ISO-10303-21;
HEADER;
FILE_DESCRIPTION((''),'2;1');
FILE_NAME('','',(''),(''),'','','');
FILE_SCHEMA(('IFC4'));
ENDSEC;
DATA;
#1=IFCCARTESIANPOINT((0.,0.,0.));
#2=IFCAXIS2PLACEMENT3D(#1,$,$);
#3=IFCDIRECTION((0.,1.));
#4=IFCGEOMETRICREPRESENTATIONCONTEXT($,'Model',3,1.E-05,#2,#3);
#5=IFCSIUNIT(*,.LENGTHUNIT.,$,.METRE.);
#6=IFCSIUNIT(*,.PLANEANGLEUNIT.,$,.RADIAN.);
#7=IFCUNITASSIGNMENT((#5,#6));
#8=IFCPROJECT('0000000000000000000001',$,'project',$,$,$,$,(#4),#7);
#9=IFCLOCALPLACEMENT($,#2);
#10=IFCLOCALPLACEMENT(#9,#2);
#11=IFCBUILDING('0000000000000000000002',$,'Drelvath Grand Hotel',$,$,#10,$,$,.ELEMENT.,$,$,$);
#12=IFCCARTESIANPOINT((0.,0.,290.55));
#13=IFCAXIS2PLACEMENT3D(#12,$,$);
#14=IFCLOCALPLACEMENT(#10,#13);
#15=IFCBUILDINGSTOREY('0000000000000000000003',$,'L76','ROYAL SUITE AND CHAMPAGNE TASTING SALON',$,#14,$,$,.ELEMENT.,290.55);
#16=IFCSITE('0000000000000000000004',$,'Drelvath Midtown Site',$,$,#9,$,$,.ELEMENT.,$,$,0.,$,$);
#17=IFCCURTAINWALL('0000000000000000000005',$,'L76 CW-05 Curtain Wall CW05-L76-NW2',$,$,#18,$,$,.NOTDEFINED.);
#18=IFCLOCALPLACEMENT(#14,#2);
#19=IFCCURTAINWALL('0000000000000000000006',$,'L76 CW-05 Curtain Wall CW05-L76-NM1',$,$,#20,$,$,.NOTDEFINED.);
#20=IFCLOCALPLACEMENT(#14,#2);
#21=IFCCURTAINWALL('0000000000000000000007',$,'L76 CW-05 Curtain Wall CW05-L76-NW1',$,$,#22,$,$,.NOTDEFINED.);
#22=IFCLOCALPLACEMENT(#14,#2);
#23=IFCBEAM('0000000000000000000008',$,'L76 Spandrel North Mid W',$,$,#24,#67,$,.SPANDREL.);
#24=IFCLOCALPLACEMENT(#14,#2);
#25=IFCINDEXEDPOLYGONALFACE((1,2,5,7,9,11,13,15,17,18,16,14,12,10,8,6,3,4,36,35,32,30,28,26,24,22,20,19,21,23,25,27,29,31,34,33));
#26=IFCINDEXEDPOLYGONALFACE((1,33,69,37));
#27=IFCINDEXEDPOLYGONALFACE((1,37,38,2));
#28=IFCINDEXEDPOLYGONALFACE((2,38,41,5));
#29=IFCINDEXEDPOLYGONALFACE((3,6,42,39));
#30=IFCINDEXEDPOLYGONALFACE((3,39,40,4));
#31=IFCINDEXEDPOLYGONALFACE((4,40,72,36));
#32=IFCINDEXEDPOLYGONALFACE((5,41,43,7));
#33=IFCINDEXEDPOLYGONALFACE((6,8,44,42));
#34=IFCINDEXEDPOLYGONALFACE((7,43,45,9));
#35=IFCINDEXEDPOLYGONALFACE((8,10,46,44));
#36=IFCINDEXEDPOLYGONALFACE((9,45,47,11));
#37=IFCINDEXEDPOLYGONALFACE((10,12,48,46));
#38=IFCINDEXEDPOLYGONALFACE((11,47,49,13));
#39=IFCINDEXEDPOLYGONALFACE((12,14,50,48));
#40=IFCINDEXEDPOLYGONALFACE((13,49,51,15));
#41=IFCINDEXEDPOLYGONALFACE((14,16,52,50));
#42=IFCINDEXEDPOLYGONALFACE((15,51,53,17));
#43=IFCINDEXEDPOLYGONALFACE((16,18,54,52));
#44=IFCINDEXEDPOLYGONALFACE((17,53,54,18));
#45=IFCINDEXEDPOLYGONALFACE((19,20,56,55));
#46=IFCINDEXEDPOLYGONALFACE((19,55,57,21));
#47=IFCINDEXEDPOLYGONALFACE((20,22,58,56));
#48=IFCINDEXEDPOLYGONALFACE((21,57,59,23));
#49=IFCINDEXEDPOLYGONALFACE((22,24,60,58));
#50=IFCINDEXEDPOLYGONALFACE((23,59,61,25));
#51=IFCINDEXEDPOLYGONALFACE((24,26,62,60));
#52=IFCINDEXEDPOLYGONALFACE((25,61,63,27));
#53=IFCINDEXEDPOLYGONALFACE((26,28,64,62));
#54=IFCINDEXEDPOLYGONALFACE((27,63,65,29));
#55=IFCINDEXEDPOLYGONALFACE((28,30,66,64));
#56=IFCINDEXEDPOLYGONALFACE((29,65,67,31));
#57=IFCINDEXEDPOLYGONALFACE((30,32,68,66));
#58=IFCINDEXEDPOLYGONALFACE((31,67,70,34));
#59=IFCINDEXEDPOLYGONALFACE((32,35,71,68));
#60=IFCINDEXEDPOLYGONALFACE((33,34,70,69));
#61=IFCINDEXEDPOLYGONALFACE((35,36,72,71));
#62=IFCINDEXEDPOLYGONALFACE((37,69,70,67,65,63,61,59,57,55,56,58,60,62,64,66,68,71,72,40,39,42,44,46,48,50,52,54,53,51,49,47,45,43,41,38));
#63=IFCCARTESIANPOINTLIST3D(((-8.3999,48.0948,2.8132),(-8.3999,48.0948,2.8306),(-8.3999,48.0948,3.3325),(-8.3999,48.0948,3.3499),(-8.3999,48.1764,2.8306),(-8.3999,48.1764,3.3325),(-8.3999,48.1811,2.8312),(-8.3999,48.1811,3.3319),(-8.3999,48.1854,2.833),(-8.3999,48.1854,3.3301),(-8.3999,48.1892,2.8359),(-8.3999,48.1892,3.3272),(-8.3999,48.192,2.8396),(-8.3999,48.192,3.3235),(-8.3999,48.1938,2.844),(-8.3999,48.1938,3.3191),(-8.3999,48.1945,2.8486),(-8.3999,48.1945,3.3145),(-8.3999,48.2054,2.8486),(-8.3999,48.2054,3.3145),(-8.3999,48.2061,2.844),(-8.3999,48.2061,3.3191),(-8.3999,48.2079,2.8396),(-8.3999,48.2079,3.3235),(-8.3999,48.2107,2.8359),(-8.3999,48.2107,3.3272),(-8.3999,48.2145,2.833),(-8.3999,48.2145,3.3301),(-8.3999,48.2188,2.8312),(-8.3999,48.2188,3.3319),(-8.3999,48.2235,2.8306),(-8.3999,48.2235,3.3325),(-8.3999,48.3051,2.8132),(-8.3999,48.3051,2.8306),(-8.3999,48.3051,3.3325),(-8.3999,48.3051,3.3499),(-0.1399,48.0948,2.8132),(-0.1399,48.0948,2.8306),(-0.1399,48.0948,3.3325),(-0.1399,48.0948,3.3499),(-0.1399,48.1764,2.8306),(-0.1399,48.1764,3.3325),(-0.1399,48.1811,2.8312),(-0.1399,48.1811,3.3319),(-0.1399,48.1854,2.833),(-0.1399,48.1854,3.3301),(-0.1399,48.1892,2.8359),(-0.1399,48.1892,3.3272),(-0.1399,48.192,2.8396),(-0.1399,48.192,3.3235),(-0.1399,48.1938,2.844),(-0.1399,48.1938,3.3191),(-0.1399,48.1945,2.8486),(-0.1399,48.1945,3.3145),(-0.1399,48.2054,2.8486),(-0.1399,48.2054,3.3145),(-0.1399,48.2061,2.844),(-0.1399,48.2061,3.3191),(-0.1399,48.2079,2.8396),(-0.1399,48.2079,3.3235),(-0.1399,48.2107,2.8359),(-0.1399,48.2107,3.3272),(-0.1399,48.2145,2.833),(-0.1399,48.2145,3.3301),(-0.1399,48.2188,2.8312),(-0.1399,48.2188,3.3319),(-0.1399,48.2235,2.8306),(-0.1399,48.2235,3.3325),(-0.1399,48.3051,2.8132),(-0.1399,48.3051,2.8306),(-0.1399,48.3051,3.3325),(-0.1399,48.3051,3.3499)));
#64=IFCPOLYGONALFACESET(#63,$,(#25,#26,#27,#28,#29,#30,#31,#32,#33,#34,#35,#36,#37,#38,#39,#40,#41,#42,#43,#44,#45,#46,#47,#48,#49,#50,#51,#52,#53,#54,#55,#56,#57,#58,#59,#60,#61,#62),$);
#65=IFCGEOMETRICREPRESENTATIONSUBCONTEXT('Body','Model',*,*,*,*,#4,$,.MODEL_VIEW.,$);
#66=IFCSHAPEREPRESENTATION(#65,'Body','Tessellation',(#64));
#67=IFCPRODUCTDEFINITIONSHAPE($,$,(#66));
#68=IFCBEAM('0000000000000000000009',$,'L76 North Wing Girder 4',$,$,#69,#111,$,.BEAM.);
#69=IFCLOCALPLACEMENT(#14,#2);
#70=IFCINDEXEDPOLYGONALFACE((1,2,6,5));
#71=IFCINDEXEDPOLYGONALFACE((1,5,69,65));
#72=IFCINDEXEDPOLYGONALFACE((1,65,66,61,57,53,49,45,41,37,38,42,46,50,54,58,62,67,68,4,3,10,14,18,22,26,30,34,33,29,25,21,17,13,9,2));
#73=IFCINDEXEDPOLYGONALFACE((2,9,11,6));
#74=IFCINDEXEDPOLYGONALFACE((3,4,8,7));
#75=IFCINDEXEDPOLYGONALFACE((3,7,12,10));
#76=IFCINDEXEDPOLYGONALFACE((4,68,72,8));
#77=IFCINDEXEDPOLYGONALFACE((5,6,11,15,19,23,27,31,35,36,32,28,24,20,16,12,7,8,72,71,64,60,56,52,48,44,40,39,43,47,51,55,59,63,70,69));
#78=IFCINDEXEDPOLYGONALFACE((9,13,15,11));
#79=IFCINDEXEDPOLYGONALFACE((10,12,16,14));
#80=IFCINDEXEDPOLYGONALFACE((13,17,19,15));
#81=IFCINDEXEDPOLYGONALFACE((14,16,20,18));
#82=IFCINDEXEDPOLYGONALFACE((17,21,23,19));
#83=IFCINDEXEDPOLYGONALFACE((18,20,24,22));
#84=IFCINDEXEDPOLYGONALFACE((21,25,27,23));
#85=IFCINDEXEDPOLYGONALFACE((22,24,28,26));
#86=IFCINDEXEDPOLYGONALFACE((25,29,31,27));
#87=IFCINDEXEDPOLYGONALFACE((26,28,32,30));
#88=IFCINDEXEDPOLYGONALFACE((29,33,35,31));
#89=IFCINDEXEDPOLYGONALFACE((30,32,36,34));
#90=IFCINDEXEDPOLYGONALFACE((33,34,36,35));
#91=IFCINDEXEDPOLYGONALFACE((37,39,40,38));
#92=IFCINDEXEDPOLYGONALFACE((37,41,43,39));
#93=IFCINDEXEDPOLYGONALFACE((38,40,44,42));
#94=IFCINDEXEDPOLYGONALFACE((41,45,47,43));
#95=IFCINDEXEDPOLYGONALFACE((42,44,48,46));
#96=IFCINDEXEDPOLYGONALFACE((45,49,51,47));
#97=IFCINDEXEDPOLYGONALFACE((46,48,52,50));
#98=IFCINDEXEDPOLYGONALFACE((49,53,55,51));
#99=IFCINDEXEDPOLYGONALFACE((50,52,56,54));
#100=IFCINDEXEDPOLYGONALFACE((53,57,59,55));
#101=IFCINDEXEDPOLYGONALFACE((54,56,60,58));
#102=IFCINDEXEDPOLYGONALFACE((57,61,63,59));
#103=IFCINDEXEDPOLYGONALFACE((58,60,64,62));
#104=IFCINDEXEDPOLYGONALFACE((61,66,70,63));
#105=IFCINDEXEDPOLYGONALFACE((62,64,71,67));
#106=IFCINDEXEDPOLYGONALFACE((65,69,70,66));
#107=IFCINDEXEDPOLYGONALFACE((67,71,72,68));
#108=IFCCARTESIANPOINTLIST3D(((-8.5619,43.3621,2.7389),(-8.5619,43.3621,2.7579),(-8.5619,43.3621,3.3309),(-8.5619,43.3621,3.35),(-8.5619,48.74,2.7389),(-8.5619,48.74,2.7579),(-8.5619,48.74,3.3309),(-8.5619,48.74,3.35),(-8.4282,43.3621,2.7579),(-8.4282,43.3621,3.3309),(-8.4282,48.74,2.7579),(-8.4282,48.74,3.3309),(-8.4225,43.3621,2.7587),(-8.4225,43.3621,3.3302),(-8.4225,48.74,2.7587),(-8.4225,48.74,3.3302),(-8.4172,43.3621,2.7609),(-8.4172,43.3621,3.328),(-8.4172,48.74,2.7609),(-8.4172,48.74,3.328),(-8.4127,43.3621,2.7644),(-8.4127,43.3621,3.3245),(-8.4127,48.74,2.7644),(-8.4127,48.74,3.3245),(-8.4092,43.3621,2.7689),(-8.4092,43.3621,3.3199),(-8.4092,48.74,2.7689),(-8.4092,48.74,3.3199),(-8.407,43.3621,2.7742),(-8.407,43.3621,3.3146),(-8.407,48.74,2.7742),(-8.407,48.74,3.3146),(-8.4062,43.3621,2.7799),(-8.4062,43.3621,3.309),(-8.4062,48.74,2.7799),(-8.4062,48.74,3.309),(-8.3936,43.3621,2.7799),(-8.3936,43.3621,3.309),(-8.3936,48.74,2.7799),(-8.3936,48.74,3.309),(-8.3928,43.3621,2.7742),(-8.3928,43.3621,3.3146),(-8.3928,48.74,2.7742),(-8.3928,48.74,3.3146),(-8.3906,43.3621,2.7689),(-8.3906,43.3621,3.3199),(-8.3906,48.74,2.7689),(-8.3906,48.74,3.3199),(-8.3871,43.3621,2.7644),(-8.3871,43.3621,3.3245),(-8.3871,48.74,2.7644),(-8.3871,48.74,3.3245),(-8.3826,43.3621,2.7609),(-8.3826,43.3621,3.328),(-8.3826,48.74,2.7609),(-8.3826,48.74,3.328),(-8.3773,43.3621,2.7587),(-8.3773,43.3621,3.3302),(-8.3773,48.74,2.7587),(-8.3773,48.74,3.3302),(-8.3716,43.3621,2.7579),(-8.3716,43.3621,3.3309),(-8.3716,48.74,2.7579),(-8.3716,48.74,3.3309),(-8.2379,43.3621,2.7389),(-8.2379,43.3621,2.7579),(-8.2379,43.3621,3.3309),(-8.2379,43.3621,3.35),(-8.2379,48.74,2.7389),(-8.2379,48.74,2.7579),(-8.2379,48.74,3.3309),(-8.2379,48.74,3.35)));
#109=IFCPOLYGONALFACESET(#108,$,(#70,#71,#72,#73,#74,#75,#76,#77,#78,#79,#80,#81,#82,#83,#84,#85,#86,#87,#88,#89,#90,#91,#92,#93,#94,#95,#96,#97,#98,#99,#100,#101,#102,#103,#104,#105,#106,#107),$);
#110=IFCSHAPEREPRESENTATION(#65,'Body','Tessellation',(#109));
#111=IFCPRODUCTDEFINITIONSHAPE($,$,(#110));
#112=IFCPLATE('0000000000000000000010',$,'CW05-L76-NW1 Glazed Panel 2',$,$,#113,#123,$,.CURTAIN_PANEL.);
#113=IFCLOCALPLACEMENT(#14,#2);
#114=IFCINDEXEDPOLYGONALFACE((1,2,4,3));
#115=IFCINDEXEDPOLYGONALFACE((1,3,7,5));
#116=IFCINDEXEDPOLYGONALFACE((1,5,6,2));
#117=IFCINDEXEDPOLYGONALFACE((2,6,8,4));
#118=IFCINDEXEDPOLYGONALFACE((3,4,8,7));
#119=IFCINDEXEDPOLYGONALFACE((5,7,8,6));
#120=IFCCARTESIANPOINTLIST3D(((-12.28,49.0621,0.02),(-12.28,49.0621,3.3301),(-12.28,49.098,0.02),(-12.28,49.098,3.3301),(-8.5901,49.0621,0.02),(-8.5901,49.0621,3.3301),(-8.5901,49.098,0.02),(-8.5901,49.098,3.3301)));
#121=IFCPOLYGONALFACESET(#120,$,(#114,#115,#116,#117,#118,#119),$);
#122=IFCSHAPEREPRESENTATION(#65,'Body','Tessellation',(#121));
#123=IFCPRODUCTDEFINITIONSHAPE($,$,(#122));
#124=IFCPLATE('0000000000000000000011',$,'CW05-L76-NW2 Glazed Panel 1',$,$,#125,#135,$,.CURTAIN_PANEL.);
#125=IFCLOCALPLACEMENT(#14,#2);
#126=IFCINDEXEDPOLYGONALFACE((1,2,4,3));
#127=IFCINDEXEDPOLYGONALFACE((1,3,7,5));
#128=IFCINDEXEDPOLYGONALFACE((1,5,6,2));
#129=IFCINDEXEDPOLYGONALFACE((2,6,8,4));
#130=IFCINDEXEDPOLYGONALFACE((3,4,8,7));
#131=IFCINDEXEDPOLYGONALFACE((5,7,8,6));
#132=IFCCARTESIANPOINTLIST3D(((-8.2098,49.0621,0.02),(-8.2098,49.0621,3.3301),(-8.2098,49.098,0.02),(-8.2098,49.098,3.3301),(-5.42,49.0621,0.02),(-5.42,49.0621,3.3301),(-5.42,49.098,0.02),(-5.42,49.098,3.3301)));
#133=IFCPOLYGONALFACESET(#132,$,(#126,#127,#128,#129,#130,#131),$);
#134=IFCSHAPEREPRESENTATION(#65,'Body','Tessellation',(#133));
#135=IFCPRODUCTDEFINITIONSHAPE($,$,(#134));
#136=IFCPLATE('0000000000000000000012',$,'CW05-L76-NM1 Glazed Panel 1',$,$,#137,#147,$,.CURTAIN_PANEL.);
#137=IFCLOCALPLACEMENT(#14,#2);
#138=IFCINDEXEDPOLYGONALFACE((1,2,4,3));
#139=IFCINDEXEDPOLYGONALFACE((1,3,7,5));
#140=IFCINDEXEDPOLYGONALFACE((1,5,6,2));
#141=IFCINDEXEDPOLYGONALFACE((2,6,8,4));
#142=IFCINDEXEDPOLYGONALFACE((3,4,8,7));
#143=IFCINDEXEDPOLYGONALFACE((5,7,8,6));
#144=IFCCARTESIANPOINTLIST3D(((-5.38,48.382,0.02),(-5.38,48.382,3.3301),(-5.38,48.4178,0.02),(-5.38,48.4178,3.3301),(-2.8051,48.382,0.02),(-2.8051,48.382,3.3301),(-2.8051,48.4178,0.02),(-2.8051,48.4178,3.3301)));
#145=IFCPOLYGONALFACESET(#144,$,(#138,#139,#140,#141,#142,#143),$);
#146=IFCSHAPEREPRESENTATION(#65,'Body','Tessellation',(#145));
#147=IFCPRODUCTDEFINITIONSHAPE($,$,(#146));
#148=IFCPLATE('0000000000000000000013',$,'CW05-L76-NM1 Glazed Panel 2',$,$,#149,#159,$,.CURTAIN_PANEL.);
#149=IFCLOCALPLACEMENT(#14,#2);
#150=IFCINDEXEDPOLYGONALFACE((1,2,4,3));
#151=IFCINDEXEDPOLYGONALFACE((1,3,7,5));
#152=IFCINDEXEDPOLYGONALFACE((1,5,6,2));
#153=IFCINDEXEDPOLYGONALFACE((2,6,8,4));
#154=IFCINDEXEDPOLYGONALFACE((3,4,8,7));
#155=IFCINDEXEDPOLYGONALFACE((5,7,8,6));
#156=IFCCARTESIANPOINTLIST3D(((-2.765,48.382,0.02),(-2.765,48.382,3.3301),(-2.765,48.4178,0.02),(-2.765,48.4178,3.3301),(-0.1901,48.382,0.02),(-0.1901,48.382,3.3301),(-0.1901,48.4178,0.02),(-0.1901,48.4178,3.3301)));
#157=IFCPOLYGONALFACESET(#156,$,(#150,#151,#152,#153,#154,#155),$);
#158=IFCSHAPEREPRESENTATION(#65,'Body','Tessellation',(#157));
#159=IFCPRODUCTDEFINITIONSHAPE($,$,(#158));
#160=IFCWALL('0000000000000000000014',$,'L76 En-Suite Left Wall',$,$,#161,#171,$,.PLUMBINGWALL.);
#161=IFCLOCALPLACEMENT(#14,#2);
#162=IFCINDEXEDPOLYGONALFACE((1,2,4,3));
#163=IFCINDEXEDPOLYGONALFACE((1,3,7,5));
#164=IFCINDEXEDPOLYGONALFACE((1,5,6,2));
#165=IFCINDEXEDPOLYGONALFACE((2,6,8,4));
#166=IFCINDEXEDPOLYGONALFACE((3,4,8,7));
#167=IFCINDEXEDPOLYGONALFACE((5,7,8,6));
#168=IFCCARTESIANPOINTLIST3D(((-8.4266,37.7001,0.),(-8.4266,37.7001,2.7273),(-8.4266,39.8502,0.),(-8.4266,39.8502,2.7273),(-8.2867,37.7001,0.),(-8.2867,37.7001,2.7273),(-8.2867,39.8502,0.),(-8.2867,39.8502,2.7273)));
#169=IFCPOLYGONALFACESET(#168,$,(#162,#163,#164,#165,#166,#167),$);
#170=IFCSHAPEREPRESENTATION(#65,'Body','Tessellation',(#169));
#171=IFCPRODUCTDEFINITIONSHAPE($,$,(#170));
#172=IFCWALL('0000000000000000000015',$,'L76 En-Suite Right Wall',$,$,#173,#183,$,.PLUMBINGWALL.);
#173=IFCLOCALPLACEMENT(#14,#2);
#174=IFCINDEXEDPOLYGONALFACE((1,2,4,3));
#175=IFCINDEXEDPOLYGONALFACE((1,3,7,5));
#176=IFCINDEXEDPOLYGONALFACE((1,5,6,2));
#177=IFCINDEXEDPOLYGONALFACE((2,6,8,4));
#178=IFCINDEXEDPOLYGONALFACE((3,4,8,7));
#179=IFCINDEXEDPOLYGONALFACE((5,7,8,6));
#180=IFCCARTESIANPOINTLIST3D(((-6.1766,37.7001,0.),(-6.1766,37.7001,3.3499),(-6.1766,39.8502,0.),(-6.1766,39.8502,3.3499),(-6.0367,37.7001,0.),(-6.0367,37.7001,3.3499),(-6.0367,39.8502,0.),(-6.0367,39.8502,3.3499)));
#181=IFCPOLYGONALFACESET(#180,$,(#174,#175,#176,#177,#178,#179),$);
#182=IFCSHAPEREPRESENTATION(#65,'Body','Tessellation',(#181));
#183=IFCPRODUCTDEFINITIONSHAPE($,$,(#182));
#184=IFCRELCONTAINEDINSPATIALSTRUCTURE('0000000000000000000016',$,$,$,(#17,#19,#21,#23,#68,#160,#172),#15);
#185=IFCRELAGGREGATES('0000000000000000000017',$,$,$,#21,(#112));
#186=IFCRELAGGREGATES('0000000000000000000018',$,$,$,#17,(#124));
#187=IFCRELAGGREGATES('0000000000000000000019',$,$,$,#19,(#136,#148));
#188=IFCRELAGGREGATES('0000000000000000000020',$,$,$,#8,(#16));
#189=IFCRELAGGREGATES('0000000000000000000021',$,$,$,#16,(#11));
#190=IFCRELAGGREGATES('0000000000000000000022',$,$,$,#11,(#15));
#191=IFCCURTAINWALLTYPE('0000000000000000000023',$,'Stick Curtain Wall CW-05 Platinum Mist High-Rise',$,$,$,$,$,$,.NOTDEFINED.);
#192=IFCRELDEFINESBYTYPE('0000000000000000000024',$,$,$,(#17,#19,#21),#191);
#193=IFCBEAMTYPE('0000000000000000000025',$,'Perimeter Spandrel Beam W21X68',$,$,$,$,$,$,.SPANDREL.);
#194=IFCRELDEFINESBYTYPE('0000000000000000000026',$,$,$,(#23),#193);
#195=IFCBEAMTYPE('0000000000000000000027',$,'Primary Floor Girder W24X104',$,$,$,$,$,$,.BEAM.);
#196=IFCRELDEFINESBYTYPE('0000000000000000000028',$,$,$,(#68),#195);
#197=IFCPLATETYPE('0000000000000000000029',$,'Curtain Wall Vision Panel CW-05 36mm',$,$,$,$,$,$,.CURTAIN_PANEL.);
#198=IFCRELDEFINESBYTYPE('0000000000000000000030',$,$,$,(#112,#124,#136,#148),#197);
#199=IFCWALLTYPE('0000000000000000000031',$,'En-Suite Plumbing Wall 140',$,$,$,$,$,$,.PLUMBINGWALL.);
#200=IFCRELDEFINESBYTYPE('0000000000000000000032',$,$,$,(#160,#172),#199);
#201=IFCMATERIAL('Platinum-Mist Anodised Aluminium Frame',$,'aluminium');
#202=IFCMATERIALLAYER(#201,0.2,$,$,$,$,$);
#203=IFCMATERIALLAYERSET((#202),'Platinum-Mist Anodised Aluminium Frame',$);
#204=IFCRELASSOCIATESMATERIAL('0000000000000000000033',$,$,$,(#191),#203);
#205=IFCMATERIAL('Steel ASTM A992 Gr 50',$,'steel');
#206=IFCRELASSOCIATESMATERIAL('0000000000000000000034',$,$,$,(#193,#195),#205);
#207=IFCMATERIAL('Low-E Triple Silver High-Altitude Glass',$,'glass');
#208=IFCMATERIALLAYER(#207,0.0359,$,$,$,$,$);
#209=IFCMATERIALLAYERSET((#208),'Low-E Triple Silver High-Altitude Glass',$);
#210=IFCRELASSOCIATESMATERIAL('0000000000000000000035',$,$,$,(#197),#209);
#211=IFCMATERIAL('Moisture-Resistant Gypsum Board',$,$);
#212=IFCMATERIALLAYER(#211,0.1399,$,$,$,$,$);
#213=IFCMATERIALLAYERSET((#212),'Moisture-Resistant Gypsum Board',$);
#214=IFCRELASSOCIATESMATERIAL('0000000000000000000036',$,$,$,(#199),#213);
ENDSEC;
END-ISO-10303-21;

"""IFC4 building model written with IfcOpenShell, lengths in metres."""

from ifc_helpers import new_model, si_unit, direction, frame, frame_2d, origin, origin_2d, place, context, subcontext, project, spatial, rectangle, i_section, extrude, material, layer, layer_set, material_profile, profile_set, type_object, element, aggregate, save


model = new_model("IFC4")

# Units and contexts
model_context = context("Model", 3, precision=1e-05, world=origin(), true_north=direction((0.0, 1.0)))
body_context = subcontext(model_context, "Body", "Model", "MODEL_VIEW")
ifc_project = project(units=[si_unit("LENGTHUNIT", "METRE"), si_unit("PLANEANGLEUNIT", "RADIAN")], contexts=[model_context])

# Site, building, storey
site_placement = place(None, origin())
site = spatial("IfcSite", under=ifc_project, at=site_placement, Name="Drelvath Midtown Site", CompositionType="ELEMENT", RefElevation=0.0)
building_placement = place(site_placement, origin())
building = spatial("IfcBuilding", under=site, at=building_placement, Name="Drelvath Grand Hotel", CompositionType="ELEMENT")
storey_placement = place(building_placement, frame((0.0, 0.0, 290.55)))
storey = spatial("IfcBuildingStorey", under=building, at=storey_placement, Name="L76", Description="ROYAL SUITE AND CHAMPAGNE TASTING SALON", CompositionType="ELEMENT", Elevation=290.55)

# Curtain walls
ifc_material_1 = material(Name="Platinum-Mist Anodised Aluminium Frame", Category="aluminium")
ifc_layer_1 = layer(ifc_material_1, 0.2)
ifc_layer_set_1 = layer_set([ifc_layer_1], Name="Platinum-Mist Anodised Aluminium Frame")
curtain_wall_type = type_object("IfcCurtainWallType", Name="Stick Curtain Wall CW-05 Platinum Mist High-Rise", PredefinedType="NOTDEFINED", material=ifc_layer_set_1)
curtain_wall_1_placement = place(storey_placement, origin())
curtain_wall_1 = element("IfcCurtainWall", 1, at=curtain_wall_1_placement, inside=storey, type_object=curtain_wall_type, Name="L76 CW-05 Curtain Wall CW05-L76-NW2", PredefinedType="NOTDEFINED")
curtain_wall_2_placement = place(storey_placement, origin())
curtain_wall_2 = element("IfcCurtainWall", 2, at=curtain_wall_2_placement, inside=storey, type_object=curtain_wall_type, Name="L76 CW-05 Curtain Wall CW05-L76-NM1", PredefinedType="NOTDEFINED")
curtain_wall_3_placement = place(storey_placement, origin())
curtain_wall_3 = element("IfcCurtainWall", 3, at=curtain_wall_3_placement, inside=storey, type_object=curtain_wall_type, Name="L76 CW-05 Curtain Wall CW05-L76-NW1", PredefinedType="NOTDEFINED")

# Beams
ifc_material_2 = material(Name="Steel ASTM A992 Gr 50", Category="steel")
ifc_material_profile_1 = material_profile(ifc_material_2, i_section(OverallWidth=0.2102, OverallDepth=0.5366, WebThickness=0.011, FlangeThickness=0.0173, FilletRadius=0.0181, at=origin_2d()), Name="W21X68")
ifc_profile_set_1 = profile_set([ifc_material_profile_1], Name="Steel ASTM A992 Gr 50")
beam_type_1 = type_object("IfcBeamType", Name="Perimeter Spandrel Beam W21X68", PredefinedType="SPANDREL", material=ifc_profile_set_1)
beam_1_placement = place(storey_placement, frame((-8.3999, 48.2, 3.0815), z_axis=(1.0, 0.0, 0.0), x_axis=(0.0, 1.0, 0.0)))
element("IfcBeam", 4, at=beam_1_placement, inside=storey, type_object=beam_type_1, Name="L76 Spandrel North Mid W", PredefinedType="SPANDREL", context=body_context, shape_type="SweptSolid", body=[
    extrude(i_section(OverallWidth=0.2102, OverallDepth=0.5366, WebThickness=0.011, FlangeThickness=0.0173, FilletRadius=0.0181, at=origin_2d()), origin(), (0.0, 0.0, 1.0), 8.26),
])
ifc_material_profile_2 = material_profile(ifc_material_2, i_section(OverallWidth=0.324, OverallDepth=0.6111, WebThickness=0.0127, FlangeThickness=0.019, FilletRadius=0.022, at=origin_2d()), Name="W24X104")
ifc_profile_set_2 = profile_set([ifc_material_profile_2], Name="Steel ASTM A992 Gr 50")
beam_type_2 = type_object("IfcBeamType", Name="Primary Floor Girder W24X104", PredefinedType="BEAM", material=ifc_profile_set_2)
beam_2_placement = place(storey_placement, frame((-8.3999, 43.3621, 3.0444), z_axis=(0.0, 1.0, 0.0), x_axis=(-1.0, 0.0, 0.0)))
element("IfcBeam", 5, at=beam_2_placement, inside=storey, type_object=beam_type_2, Name="L76 North Wing Girder 4", PredefinedType="BEAM", context=body_context, shape_type="SweptSolid", body=[
    extrude(i_section(OverallWidth=0.324, OverallDepth=0.6111, WebThickness=0.0127, FlangeThickness=0.019, FilletRadius=0.022, at=origin_2d()), origin(), (0.0, 0.0, 1.0), 5.3779),
])

# Plates
ifc_material_3 = material(Name="Low-E Triple Silver High-Altitude Glass", Category="glass")
ifc_layer_2 = layer(ifc_material_3, 0.0359)
ifc_layer_set_2 = layer_set([ifc_layer_2], Name="Low-E Triple Silver High-Altitude Glass")
plate_type = type_object("IfcPlateType", Name="Curtain Wall Vision Panel CW-05 36mm", PredefinedType="CURTAIN_PANEL", material=ifc_layer_set_2)
plate_1_placement = place(storey_placement, frame((-10.4351, 49.0801, 0.02), z_axis=(0.0, 0.0, 1.0), x_axis=(1.0, 0.0, 0.0)))
plate_1 = element("IfcPlate", 6, at=plate_1_placement, type_object=plate_type, Name="CW05-L76-NW1 Glazed Panel 2", PredefinedType="CURTAIN_PANEL", context=body_context, shape_type="SweptSolid", body=[
    extrude(rectangle(XDim=3.6899, YDim=0.0359, at=origin_2d()), origin(), (0.0, 0.0, 1.0), 3.3101),
])
aggregate(curtain_wall_3, [plate_1])
plate_2_placement = place(storey_placement, frame((-6.8149, 49.0801, 0.02), z_axis=(0.0, 0.0, 1.0), x_axis=(1.0, 0.0, 0.0)))
plate_2 = element("IfcPlate", 7, at=plate_2_placement, type_object=plate_type, Name="CW05-L76-NW2 Glazed Panel 1", PredefinedType="CURTAIN_PANEL", context=body_context, shape_type="SweptSolid", body=[
    extrude(rectangle(XDim=2.7898, YDim=0.0359, at=origin_2d()), origin(), (0.0, 0.0, 1.0), 3.3101),
])
aggregate(curtain_wall_1, [plate_2])
plate_3_placement = place(storey_placement, frame((-4.0925, 48.3999, 0.02), z_axis=(0.0, 0.0, 1.0), x_axis=(1.0, 0.0, 0.0)))
plate_3 = element("IfcPlate", 8, at=plate_3_placement, type_object=plate_type, Name="CW05-L76-NM1 Glazed Panel 1", PredefinedType="CURTAIN_PANEL", context=body_context, shape_type="SweptSolid", body=[
    extrude(rectangle(XDim=2.575, YDim=0.0359, at=origin_2d()), origin(), (0.0, 0.0, 1.0), 3.3101),
])
plate_4_placement = place(storey_placement, frame((-1.4775, 48.3999, 0.02), z_axis=(0.0, 0.0, 1.0), x_axis=(1.0, 0.0, 0.0)))
plate_4 = element("IfcPlate", 9, at=plate_4_placement, type_object=plate_type, Name="CW05-L76-NM1 Glazed Panel 2", PredefinedType="CURTAIN_PANEL", context=body_context, shape_type="SweptSolid", body=[
    extrude(rectangle(XDim=2.575, YDim=0.0359, at=origin_2d()), origin(), (0.0, 0.0, 1.0), 3.3101),
])
aggregate(curtain_wall_2, [plate_3, plate_4])

# Walls
ifc_material_4 = material(Name="Moisture-Resistant Gypsum Board")
ifc_layer_3 = layer(ifc_material_4, 0.1399)
ifc_layer_set_3 = layer_set([ifc_layer_3], Name="Moisture-Resistant Gypsum Board")
wall_type_1 = type_object("IfcWallType", Name="En-Suite Plumbing Wall 140", PredefinedType="PLUMBINGWALL", material=ifc_layer_set_3)
wall_1_placement = place(storey_placement, frame((-8.3567, 37.7, 0.0), z_axis=(0.0, 0.0, 1.0), x_axis=(0.0, 1.0, 0.0)))
element("IfcWall", 10, at=wall_1_placement, inside=storey, type_object=wall_type_1, Name="L76 En-Suite Left Wall", PredefinedType="PLUMBINGWALL", context=body_context, shape_type="SweptSolid", body=[
    extrude(rectangle(XDim=2.1501, YDim=0.1399, at=frame_2d((1.0752, 0.0))), origin(), (0.0, 0.0, 1.0), 2.7273),
])
wall_2_placement = place(storey_placement, frame((-6.1067, 37.7, 0.0), z_axis=(0.0, 0.0, 1.0), x_axis=(0.0, 1.0, 0.0)))
element("IfcWall", 11, at=wall_2_placement, inside=storey, type_object=wall_type_1, Name="L76 En-Suite Right Wall", PredefinedType="PLUMBINGWALL", context=body_context, shape_type="SweptSolid", body=[
    extrude(rectangle(XDim=2.1501, YDim=0.1399, at=frame_2d((1.0752, 0.0))), origin(), (0.0, 0.0, 1.0), 3.3499),
])

save(model, "model.ifc")
